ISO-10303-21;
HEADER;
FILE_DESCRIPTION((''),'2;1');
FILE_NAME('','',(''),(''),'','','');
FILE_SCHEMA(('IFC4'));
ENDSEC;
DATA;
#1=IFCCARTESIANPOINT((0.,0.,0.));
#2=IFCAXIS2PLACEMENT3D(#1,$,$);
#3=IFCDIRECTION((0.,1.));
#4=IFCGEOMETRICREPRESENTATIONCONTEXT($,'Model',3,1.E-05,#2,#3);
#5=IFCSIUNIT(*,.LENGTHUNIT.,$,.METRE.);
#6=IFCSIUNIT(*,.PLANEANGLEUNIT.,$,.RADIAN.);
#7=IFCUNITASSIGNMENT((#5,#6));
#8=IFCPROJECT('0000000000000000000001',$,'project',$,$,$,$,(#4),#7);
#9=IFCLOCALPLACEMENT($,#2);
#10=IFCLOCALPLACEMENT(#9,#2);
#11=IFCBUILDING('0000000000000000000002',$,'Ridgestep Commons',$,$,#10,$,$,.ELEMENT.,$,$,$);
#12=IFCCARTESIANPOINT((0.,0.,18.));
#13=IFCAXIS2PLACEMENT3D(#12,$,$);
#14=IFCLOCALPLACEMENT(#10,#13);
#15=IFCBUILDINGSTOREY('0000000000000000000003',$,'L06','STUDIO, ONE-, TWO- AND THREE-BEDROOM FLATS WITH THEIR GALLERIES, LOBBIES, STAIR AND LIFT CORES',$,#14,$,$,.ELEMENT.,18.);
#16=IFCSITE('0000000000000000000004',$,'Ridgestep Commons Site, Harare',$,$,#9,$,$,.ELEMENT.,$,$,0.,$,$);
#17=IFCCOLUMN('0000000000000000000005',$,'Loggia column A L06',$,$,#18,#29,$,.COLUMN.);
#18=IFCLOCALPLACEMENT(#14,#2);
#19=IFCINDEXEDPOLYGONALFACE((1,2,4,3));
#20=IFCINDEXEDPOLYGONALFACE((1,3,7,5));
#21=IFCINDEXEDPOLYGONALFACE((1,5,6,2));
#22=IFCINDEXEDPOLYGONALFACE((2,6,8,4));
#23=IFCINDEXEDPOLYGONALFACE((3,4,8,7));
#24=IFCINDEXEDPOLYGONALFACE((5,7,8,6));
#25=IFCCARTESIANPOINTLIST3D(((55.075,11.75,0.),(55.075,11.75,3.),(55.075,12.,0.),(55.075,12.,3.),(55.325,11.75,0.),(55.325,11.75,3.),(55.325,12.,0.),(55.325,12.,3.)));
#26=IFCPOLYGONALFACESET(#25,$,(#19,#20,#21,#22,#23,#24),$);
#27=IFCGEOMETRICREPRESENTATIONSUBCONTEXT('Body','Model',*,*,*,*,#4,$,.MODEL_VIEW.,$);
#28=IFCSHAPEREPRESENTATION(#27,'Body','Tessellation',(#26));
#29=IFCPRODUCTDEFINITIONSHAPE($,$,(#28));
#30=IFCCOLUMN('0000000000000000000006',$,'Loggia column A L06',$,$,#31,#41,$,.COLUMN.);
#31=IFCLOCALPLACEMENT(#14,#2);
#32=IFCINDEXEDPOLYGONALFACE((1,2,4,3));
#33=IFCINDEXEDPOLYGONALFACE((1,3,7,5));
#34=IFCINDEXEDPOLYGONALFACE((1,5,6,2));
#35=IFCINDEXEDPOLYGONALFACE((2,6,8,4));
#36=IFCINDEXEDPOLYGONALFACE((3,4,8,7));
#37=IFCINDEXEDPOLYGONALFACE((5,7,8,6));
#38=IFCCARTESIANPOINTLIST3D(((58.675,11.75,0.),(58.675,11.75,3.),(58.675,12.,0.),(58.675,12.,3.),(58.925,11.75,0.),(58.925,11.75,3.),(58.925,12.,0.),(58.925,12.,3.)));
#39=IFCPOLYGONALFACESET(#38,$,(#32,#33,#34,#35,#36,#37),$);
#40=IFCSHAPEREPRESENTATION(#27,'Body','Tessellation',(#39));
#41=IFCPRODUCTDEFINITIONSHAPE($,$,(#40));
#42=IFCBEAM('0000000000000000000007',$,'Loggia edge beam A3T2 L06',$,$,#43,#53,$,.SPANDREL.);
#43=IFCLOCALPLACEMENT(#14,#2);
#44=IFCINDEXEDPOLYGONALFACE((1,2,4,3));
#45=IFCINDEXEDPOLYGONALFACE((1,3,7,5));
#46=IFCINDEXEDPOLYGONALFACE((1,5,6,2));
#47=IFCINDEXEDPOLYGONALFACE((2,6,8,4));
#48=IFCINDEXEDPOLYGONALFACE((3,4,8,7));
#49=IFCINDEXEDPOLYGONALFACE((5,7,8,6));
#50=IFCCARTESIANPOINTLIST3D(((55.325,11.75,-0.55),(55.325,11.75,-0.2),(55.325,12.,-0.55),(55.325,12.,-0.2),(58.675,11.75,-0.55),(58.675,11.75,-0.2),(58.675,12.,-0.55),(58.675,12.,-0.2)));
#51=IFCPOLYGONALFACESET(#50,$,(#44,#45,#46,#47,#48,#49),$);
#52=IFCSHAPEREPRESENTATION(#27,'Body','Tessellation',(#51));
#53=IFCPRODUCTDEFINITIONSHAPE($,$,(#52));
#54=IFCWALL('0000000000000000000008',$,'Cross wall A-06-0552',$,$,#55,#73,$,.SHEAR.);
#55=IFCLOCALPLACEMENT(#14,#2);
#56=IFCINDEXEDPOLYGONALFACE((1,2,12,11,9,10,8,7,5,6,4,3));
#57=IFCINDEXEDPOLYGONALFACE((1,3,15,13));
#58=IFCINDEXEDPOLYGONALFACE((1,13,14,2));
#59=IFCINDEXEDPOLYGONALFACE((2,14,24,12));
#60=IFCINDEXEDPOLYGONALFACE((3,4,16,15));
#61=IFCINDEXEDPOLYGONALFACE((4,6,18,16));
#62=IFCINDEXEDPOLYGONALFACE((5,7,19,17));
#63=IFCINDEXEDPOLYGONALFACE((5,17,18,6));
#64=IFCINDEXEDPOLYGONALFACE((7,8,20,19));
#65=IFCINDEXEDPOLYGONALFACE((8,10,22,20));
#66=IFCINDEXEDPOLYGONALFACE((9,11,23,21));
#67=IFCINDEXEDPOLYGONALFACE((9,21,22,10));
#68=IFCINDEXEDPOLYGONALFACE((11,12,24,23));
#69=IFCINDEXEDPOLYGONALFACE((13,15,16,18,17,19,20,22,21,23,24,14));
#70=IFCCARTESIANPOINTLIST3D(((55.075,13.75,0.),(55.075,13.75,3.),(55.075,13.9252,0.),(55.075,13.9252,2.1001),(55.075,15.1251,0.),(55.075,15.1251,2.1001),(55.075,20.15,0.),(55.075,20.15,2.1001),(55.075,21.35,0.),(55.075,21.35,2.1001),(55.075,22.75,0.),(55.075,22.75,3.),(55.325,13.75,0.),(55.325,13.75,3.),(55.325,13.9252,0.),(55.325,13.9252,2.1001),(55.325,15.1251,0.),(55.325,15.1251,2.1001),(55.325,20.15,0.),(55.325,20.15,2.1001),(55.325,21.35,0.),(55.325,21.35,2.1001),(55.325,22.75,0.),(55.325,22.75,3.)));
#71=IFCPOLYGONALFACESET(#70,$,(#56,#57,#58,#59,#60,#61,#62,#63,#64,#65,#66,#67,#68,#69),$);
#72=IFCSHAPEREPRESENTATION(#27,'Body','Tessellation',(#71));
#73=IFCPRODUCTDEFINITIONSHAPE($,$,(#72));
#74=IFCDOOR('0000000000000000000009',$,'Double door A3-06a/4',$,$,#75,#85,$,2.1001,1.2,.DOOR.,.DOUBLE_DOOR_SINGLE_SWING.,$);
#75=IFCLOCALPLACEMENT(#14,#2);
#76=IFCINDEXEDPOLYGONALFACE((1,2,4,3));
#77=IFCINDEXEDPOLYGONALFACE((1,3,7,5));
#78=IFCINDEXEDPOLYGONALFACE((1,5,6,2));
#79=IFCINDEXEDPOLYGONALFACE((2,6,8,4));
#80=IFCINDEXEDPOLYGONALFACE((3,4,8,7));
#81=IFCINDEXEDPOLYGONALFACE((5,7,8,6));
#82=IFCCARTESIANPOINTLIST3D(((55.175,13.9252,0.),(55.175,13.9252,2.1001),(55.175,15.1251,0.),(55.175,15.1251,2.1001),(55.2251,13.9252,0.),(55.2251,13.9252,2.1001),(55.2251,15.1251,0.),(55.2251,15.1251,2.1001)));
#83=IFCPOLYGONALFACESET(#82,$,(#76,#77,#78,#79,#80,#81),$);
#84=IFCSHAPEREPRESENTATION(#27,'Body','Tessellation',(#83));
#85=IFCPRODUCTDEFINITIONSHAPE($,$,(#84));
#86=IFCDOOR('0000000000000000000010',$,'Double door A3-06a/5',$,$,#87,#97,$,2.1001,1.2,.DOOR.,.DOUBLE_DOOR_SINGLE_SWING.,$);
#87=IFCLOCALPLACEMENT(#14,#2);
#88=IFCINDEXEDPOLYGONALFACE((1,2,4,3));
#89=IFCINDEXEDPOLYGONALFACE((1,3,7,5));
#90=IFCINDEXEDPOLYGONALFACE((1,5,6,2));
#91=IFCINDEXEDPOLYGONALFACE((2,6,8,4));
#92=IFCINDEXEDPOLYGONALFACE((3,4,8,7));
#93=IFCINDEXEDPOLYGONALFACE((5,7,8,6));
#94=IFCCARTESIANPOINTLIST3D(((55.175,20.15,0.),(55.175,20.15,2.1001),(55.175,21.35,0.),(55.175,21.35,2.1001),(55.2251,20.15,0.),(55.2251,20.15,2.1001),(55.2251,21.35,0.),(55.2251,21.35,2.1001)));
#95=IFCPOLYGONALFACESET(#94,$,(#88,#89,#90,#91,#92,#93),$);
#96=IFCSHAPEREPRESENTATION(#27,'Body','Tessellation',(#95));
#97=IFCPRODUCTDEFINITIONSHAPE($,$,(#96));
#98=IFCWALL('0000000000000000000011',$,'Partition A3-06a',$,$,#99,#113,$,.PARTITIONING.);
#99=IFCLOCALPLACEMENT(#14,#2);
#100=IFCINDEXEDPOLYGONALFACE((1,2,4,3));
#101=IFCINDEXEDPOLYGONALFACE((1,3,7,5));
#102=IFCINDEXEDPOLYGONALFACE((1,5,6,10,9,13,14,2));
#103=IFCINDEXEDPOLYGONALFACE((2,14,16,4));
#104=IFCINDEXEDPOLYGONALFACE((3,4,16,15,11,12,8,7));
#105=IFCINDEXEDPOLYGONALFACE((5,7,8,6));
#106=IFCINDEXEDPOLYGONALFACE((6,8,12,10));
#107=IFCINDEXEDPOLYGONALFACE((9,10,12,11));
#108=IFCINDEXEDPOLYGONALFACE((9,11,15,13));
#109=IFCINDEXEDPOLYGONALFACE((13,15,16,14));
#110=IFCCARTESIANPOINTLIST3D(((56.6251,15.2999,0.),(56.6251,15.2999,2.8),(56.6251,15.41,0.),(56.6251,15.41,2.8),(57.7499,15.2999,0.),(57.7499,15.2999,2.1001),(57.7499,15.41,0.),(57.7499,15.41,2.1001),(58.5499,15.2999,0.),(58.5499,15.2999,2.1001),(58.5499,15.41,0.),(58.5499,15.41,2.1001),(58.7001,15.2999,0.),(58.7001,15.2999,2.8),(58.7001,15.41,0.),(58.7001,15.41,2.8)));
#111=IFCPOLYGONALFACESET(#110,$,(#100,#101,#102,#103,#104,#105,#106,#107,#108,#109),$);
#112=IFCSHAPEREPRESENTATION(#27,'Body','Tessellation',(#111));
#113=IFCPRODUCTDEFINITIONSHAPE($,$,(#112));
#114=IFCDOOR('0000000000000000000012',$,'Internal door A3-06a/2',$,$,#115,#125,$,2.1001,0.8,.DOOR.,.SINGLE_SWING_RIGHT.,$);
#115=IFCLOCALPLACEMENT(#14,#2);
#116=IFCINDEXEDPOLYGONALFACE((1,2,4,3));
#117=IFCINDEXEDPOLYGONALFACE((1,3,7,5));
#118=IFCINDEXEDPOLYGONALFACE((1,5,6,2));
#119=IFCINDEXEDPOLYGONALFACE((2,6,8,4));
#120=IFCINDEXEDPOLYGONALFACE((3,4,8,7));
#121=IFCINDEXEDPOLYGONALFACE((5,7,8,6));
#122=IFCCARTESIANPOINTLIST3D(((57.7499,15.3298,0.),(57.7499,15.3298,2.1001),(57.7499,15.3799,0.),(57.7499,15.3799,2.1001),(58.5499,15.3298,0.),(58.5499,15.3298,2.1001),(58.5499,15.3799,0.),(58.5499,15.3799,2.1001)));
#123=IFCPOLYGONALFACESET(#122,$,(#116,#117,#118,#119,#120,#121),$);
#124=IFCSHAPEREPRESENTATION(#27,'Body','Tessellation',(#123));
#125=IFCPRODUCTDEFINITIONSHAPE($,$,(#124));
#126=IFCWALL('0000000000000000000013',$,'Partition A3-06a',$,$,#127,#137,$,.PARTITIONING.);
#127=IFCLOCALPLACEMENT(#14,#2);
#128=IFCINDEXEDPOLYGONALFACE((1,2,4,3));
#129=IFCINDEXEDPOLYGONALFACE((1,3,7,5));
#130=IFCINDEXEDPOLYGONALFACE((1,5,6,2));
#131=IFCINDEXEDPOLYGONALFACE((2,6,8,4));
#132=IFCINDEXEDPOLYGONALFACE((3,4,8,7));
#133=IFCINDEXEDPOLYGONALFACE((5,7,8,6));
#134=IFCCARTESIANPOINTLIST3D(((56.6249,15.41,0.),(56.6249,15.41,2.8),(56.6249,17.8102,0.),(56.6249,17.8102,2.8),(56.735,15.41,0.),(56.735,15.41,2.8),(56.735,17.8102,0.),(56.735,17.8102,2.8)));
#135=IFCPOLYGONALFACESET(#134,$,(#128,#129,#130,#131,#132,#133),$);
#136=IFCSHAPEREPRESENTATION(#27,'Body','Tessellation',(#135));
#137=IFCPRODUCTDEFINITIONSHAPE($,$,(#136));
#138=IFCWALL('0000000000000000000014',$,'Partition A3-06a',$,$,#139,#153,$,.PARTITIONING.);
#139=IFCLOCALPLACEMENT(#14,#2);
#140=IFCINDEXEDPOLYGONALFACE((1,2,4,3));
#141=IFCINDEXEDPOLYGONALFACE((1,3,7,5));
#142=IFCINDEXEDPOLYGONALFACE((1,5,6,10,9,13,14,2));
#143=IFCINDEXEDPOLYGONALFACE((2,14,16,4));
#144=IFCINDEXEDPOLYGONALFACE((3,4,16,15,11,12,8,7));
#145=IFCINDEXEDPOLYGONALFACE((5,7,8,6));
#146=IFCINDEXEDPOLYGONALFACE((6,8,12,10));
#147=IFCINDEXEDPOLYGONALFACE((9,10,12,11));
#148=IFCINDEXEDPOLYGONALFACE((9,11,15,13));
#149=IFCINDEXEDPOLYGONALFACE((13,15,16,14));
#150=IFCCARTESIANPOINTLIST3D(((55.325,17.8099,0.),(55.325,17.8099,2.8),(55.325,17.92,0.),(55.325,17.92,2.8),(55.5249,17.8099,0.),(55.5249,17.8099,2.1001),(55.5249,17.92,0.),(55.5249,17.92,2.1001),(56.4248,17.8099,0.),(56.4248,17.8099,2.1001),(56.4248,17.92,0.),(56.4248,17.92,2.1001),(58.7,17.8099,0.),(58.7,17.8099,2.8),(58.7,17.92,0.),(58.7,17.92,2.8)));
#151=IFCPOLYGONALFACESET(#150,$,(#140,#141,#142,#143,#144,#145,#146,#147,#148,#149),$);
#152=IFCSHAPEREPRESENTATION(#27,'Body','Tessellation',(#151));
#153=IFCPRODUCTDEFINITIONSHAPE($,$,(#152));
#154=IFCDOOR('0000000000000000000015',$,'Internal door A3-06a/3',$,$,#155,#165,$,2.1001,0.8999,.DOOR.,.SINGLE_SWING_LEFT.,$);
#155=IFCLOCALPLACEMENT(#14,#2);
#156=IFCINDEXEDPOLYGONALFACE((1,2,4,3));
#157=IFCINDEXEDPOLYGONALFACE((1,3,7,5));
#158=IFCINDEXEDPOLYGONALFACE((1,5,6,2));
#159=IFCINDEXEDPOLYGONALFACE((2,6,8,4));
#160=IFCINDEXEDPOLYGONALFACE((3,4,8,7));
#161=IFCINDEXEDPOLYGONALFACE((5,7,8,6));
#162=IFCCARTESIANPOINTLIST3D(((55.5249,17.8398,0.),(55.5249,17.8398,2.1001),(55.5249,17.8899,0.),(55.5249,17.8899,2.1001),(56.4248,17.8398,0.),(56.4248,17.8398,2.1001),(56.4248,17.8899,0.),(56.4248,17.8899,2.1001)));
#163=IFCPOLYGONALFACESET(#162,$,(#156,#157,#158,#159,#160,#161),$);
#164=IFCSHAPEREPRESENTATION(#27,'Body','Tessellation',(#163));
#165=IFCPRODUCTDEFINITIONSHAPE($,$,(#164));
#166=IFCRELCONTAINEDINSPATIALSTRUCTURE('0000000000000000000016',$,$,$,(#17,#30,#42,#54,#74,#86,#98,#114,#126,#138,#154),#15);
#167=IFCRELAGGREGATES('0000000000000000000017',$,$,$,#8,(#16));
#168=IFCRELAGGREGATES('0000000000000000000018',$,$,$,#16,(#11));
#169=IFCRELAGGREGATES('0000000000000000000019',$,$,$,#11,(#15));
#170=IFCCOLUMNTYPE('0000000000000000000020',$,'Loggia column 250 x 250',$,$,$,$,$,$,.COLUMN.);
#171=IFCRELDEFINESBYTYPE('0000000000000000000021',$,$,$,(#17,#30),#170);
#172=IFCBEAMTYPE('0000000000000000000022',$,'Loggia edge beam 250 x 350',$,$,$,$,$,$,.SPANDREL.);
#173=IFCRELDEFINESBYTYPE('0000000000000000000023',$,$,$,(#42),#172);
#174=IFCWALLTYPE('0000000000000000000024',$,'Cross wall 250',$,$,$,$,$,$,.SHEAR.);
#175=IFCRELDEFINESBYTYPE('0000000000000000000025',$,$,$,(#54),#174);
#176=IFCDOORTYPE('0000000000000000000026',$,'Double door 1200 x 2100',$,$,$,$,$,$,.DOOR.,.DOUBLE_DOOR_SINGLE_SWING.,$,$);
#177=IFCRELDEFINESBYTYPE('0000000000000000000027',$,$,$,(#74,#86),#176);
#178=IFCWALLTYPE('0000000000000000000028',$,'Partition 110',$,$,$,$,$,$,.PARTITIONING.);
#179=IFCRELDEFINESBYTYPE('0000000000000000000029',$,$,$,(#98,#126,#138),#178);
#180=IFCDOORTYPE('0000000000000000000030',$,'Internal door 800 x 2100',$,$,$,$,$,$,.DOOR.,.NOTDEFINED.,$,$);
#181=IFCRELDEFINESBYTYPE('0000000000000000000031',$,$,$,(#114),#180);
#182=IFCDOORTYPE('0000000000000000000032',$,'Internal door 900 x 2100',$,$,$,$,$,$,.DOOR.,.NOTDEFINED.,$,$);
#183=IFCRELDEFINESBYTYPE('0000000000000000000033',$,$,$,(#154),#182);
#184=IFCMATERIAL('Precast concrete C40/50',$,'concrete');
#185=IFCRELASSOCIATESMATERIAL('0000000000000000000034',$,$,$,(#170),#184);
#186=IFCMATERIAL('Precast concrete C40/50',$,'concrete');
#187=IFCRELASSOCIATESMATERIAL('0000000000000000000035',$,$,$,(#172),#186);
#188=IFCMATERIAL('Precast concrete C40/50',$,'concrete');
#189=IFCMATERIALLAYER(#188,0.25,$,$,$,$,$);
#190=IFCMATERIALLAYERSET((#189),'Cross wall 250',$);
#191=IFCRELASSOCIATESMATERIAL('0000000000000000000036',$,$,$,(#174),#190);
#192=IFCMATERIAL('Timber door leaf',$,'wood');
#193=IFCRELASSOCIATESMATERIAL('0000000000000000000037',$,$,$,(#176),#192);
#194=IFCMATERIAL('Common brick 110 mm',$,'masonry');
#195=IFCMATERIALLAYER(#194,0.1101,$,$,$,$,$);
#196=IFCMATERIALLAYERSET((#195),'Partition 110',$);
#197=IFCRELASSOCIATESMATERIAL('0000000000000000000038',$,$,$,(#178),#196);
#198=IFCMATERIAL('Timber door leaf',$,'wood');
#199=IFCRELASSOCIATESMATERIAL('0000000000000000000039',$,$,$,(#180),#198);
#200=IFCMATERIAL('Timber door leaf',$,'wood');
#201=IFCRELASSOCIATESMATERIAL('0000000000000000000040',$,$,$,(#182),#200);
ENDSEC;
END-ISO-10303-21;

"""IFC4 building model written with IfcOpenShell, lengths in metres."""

from ifc_helpers import new_model, si_unit, direction, frame, frame_2d, origin, origin_2d, place, context, subcontext, project, spatial, rectangle, extrude, material, layer, layer_set, material_profile, profile_set, type_object, element, fill, save


model = new_model("IFC4")

# Units and contexts
model_context = context("Model", 3, precision=1e-05, world=origin(), true_north=direction((0.0, 1.0)))
body_context = subcontext(model_context, "Body", "Model", "MODEL_VIEW")
ifc_project = project(units=[si_unit("LENGTHUNIT", "METRE"), si_unit("PLANEANGLEUNIT", "RADIAN")], contexts=[model_context])

# Site, building, storey
site_placement = place(None, origin())
site = spatial("IfcSite", under=ifc_project, at=site_placement, Name="Ridgestep Commons Site, Harare", CompositionType="ELEMENT", RefElevation=0.0)
building_placement = place(site_placement, origin())
building = spatial("IfcBuilding", under=site, at=building_placement, Name="Ridgestep Commons", CompositionType="ELEMENT")
storey_placement = place(building_placement, frame((0.0, 0.0, 18.0)))
storey = spatial("IfcBuildingStorey", under=building, at=storey_placement, Name="L06", Description="STUDIO, ONE-, TWO- AND THREE-BEDROOM FLATS WITH THEIR GALLERIES, LOBBIES, STAIR AND LIFT CORES", CompositionType="ELEMENT", Elevation=18.0)

# Columns
ifc_material_1 = material(Name="Precast concrete C40/50", Category="concrete")
ifc_material_profile_1 = material_profile(ifc_material_1, rectangle(XDim=0.25, YDim=0.25, at=origin_2d()), Name="PC 250x250")
ifc_profile_set_1 = profile_set([ifc_material_profile_1], Name="Precast concrete C40/50")
column_type = type_object("IfcColumnType", Name="Loggia column 250 x 250", PredefinedType="COLUMN", material=ifc_profile_set_1)
for number, where, z_axis, x_axis, name in (
    (1, (55.2, 11.875, 0.0), (0.0, 0.0, 1.0), (1.0, 0.0, 0.0), "Loggia column A L06"),
    (2, (58.8, 11.875, 0.0), (0.0, 0.0, 1.0), (1.0, 0.0, 0.0), "Loggia column A L06"),
):
    element("IfcColumn", number, at=place(storey_placement, frame(where, z_axis=z_axis, x_axis=x_axis)), inside=storey, type_object=column_type, Name=name, PredefinedType="COLUMN", context=body_context, shape_type="SweptSolid", body=[
        extrude(rectangle(XDim=0.25, YDim=0.25, at=origin_2d()), origin(), (0.0, 0.0, 1.0), 3.0),
    ])

# Beam
ifc_material_2 = material(Name="Precast concrete C40/50", Category="concrete")
ifc_material_profile_2 = material_profile(ifc_material_2, rectangle(XDim=0.25, YDim=0.3501, at=origin_2d()), Name="PC 250x350")
ifc_profile_set_2 = profile_set([ifc_material_profile_2], Name="Precast concrete C40/50")
beam_type = type_object("IfcBeamType", Name="Loggia edge beam 250 x 350", PredefinedType="SPANDREL", material=ifc_profile_set_2)
beam_placement = place(storey_placement, frame((55.325, 11.875, -0.375), z_axis=(1.0, 0.0, 0.0), x_axis=(0.0, 1.0, 0.0)))
element("IfcBeam", 3, at=beam_placement, inside=storey, type_object=beam_type, Name="Loggia edge beam A3T2 L06", PredefinedType="SPANDREL", context=body_context, shape_type="SweptSolid", body=[
    extrude(rectangle(XDim=0.25, YDim=0.3501, at=origin_2d()), origin(), (0.0, 0.0, 1.0), 3.3501),
])

# Wall, openings, doors
ifc_material_3 = material(Name="Precast concrete C40/50", Category="concrete")
ifc_layer_1 = layer(ifc_material_3, 0.25)
ifc_layer_set_1 = layer_set([ifc_layer_1], Name="Cross wall 250")
wall_type_1 = type_object("IfcWallType", Name="Cross wall 250", PredefinedType="SHEAR", material=ifc_layer_set_1)
wall_1_placement = place(storey_placement, frame((55.2, 13.75, 0.0), z_axis=(0.0, 0.0, 1.0), x_axis=(0.0, 1.0, 0.0)))
wall_1 = element("IfcWall", 4, at=wall_1_placement, inside=storey, type_object=wall_type_1, Name="Cross wall A-06-0552", PredefinedType="SHEAR", context=body_context, shape_type="SweptSolid", body=[
    extrude(rectangle(XDim=9.0, YDim=0.25, at=frame_2d((4.5, 0.0))), origin(), (0.0, 0.0, 1.0), 3.0),
])
opening_1_placement = place(wall_1_placement, frame((0.175, 0.0, 0.0)))
opening_1 = element("IfcOpeningElement", 5, at=opening_1_placement, cuts=wall_1, PredefinedType="OPENING", context=body_context, shape_type="SweptSolid", body=[
    extrude(rectangle(XDim=1.2, YDim=2.1001, at=frame_2d((0.6001, 1.05))), frame((0.0, 0.135, 0.0), z_axis=(0.0, -1.0, 0.0), x_axis=(1.0, 0.0, 0.0)), (0.0, 0.0, 1.0), 0.27),
])
opening_2_placement = place(wall_1_placement, frame((6.3999, 0.0, 0.0)))
opening_2 = element("IfcOpeningElement", 6, at=opening_2_placement, cuts=wall_1, PredefinedType="OPENING", context=body_context, shape_type="SweptSolid", body=[
    extrude(rectangle(XDim=1.2, YDim=2.1001, at=frame_2d((0.6001, 1.05))), frame((0.0, 0.135, 0.0), z_axis=(0.0, -1.0, 0.0), x_axis=(1.0, 0.0, 0.0)), (0.0, 0.0, 1.0), 0.27),
])
ifc_material_4 = material(Name="Timber door leaf", Category="wood")
door_type_1 = type_object("IfcDoorType", Name="Double door 1200 x 2100", OperationType="DOUBLE_DOOR_SINGLE_SWING", PredefinedType="DOOR", material=ifc_material_4)
door_1_placement = place(opening_1_placement, origin())
door_1 = element("IfcDoor", 7, at=door_1_placement, inside=storey, type_object=door_type_1, Name="Double door A3-06a/4", OperationType="DOUBLE_DOOR_SINGLE_SWING", OverallHeight=2.1001, OverallWidth=1.2, PredefinedType="DOOR", context=body_context, shape_type="SweptSolid", body=[
    extrude(rectangle(XDim=1.2, YDim=2.1001, at=frame_2d((0.6001, 1.05))), frame((0.0, 0.0249, 0.0), z_axis=(0.0, -1.0, 0.0), x_axis=(1.0, 0.0, 0.0)), (0.0, 0.0, 1.0), 0.05),
])
fill(opening_1, door_1)
door_2_placement = place(opening_2_placement, origin())
door_2 = element("IfcDoor", 8, at=door_2_placement, inside=storey, type_object=door_type_1, Name="Double door A3-06a/5", OperationType="DOUBLE_DOOR_SINGLE_SWING", OverallHeight=2.1001, OverallWidth=1.2, PredefinedType="DOOR", context=body_context, shape_type="SweptSolid", body=[
    extrude(rectangle(XDim=1.2, YDim=2.1001, at=frame_2d((0.6001, 1.05))), frame((0.0, 0.0249, 0.0), z_axis=(0.0, -1.0, 0.0), x_axis=(1.0, 0.0, 0.0)), (0.0, 0.0, 1.0), 0.05),
])
fill(opening_2, door_2)

# Wall, opening, door
ifc_material_5 = material(Name="Common brick 110 mm", Category="masonry")
ifc_layer_2 = layer(ifc_material_5, 0.1101)
ifc_layer_set_2 = layer_set([ifc_layer_2], Name="Partition 110")
wall_type_2 = type_object("IfcWallType", Name="Partition 110", PredefinedType="PARTITIONING", material=ifc_layer_set_2)
wall_2_placement = place(storey_placement, frame((56.625, 15.355, 0.0), z_axis=(0.0, 0.0, 1.0), x_axis=(1.0, 0.0, 0.0)))
wall_2 = element("IfcWall", 9, at=wall_2_placement, inside=storey, type_object=wall_type_2, Name="Partition A3-06a", PredefinedType="PARTITIONING", context=body_context, shape_type="SweptSolid", body=[
    extrude(rectangle(XDim=2.075, YDim=0.1101, at=frame_2d((1.0376, 0.0))), origin(), (0.0, 0.0, 1.0), 2.8),
])
opening_3_placement = place(wall_2_placement, frame((1.125, 0.0, 0.0)))
opening_3 = element("IfcOpeningElement", 10, at=opening_3_placement, cuts=wall_2, PredefinedType="OPENING", context=body_context, shape_type="SweptSolid", body=[
    extrude(rectangle(XDim=0.8, YDim=2.1001, at=frame_2d((0.3999, 1.05))), frame((0.0, 0.0649, 0.0), z_axis=(0.0, -1.0, 0.0), x_axis=(1.0, 0.0, 0.0)), (0.0, 0.0, 1.0), 0.1301),
])
ifc_material_6 = material(Name="Timber door leaf", Category="wood")
door_type_2 = type_object("IfcDoorType", Name="Internal door 800 x 2100", OperationType="NOTDEFINED", PredefinedType="DOOR", material=ifc_material_6)
door_3_placement = place(opening_3_placement, origin())
door_3 = element("IfcDoor", 11, at=door_3_placement, inside=storey, type_object=door_type_2, Name="Internal door A3-06a/2", OperationType="SINGLE_SWING_RIGHT", OverallHeight=2.1001, OverallWidth=0.8, PredefinedType="DOOR", context=body_context, shape_type="SweptSolid", body=[
    extrude(rectangle(XDim=0.8, YDim=2.1001, at=frame_2d((0.3999, 1.05))), frame((0.0, 0.0249, 0.0), z_axis=(0.0, -1.0, 0.0), x_axis=(1.0, 0.0, 0.0)), (0.0, 0.0, 1.0), 0.05),
])
fill(opening_3, door_3)

# Wall
wall_3_placement = place(storey_placement, frame((56.6799, 15.4099, 0.0), z_axis=(0.0, 0.0, 1.0), x_axis=(0.0, 1.0, 0.0)))
element("IfcWall", 12, at=wall_3_placement, inside=storey, type_object=wall_type_2, Name="Partition A3-06a", PredefinedType="PARTITIONING", context=body_context, shape_type="SweptSolid", body=[
    extrude(rectangle(XDim=2.4001, YDim=0.1101, at=frame_2d((1.2002, 0.0))), origin(), (0.0, 0.0, 1.0), 2.8),
])

# Wall, opening, door
wall_4_placement = place(storey_placement, frame((55.325, 17.865, 0.0), z_axis=(0.0, 0.0, 1.0), x_axis=(1.0, 0.0, 0.0)))
wall_4 = element("IfcWall", 13, at=wall_4_placement, inside=storey, type_object=wall_type_2, Name="Partition A3-06a", PredefinedType="PARTITIONING", context=body_context, shape_type="SweptSolid", body=[
    extrude(rectangle(XDim=3.375, YDim=0.1101, at=frame_2d((1.6875, 0.0))), origin(), (0.0, 0.0, 1.0), 2.8),
])
opening_4_placement = place(wall_4_placement, frame((0.2, 0.0, 0.0)))
opening_4 = element("IfcOpeningElement", 14, at=opening_4_placement, cuts=wall_4, PredefinedType="OPENING", context=body_context, shape_type="SweptSolid", body=[
    extrude(rectangle(XDim=0.8999, YDim=2.1001, at=frame_2d((0.45, 1.05))), frame((0.0, 0.0649, 0.0), z_axis=(0.0, -1.0, 0.0), x_axis=(1.0, 0.0, 0.0)), (0.0, 0.0, 1.0), 0.1301),
])
ifc_material_7 = material(Name="Timber door leaf", Category="wood")
door_type_3 = type_object("IfcDoorType", Name="Internal door 900 x 2100", OperationType="NOTDEFINED", PredefinedType="DOOR", material=ifc_material_7)
door_4_placement = place(opening_4_placement, origin())
door_4 = element("IfcDoor", 15, at=door_4_placement, inside=storey, type_object=door_type_3, Name="Internal door A3-06a/3", OperationType="SINGLE_SWING_LEFT", OverallHeight=2.1001, OverallWidth=0.8999, PredefinedType="DOOR", context=body_context, shape_type="SweptSolid", body=[
    extrude(rectangle(XDim=0.8999, YDim=2.1001, at=frame_2d((0.45, 1.05))), frame((0.0, 0.0249, 0.0), z_axis=(0.0, -1.0, 0.0), x_axis=(1.0, 0.0, 0.0)), (0.0, 0.0, 1.0), 0.05),
])
fill(opening_4, door_4)

save(model, "model.ifc")
